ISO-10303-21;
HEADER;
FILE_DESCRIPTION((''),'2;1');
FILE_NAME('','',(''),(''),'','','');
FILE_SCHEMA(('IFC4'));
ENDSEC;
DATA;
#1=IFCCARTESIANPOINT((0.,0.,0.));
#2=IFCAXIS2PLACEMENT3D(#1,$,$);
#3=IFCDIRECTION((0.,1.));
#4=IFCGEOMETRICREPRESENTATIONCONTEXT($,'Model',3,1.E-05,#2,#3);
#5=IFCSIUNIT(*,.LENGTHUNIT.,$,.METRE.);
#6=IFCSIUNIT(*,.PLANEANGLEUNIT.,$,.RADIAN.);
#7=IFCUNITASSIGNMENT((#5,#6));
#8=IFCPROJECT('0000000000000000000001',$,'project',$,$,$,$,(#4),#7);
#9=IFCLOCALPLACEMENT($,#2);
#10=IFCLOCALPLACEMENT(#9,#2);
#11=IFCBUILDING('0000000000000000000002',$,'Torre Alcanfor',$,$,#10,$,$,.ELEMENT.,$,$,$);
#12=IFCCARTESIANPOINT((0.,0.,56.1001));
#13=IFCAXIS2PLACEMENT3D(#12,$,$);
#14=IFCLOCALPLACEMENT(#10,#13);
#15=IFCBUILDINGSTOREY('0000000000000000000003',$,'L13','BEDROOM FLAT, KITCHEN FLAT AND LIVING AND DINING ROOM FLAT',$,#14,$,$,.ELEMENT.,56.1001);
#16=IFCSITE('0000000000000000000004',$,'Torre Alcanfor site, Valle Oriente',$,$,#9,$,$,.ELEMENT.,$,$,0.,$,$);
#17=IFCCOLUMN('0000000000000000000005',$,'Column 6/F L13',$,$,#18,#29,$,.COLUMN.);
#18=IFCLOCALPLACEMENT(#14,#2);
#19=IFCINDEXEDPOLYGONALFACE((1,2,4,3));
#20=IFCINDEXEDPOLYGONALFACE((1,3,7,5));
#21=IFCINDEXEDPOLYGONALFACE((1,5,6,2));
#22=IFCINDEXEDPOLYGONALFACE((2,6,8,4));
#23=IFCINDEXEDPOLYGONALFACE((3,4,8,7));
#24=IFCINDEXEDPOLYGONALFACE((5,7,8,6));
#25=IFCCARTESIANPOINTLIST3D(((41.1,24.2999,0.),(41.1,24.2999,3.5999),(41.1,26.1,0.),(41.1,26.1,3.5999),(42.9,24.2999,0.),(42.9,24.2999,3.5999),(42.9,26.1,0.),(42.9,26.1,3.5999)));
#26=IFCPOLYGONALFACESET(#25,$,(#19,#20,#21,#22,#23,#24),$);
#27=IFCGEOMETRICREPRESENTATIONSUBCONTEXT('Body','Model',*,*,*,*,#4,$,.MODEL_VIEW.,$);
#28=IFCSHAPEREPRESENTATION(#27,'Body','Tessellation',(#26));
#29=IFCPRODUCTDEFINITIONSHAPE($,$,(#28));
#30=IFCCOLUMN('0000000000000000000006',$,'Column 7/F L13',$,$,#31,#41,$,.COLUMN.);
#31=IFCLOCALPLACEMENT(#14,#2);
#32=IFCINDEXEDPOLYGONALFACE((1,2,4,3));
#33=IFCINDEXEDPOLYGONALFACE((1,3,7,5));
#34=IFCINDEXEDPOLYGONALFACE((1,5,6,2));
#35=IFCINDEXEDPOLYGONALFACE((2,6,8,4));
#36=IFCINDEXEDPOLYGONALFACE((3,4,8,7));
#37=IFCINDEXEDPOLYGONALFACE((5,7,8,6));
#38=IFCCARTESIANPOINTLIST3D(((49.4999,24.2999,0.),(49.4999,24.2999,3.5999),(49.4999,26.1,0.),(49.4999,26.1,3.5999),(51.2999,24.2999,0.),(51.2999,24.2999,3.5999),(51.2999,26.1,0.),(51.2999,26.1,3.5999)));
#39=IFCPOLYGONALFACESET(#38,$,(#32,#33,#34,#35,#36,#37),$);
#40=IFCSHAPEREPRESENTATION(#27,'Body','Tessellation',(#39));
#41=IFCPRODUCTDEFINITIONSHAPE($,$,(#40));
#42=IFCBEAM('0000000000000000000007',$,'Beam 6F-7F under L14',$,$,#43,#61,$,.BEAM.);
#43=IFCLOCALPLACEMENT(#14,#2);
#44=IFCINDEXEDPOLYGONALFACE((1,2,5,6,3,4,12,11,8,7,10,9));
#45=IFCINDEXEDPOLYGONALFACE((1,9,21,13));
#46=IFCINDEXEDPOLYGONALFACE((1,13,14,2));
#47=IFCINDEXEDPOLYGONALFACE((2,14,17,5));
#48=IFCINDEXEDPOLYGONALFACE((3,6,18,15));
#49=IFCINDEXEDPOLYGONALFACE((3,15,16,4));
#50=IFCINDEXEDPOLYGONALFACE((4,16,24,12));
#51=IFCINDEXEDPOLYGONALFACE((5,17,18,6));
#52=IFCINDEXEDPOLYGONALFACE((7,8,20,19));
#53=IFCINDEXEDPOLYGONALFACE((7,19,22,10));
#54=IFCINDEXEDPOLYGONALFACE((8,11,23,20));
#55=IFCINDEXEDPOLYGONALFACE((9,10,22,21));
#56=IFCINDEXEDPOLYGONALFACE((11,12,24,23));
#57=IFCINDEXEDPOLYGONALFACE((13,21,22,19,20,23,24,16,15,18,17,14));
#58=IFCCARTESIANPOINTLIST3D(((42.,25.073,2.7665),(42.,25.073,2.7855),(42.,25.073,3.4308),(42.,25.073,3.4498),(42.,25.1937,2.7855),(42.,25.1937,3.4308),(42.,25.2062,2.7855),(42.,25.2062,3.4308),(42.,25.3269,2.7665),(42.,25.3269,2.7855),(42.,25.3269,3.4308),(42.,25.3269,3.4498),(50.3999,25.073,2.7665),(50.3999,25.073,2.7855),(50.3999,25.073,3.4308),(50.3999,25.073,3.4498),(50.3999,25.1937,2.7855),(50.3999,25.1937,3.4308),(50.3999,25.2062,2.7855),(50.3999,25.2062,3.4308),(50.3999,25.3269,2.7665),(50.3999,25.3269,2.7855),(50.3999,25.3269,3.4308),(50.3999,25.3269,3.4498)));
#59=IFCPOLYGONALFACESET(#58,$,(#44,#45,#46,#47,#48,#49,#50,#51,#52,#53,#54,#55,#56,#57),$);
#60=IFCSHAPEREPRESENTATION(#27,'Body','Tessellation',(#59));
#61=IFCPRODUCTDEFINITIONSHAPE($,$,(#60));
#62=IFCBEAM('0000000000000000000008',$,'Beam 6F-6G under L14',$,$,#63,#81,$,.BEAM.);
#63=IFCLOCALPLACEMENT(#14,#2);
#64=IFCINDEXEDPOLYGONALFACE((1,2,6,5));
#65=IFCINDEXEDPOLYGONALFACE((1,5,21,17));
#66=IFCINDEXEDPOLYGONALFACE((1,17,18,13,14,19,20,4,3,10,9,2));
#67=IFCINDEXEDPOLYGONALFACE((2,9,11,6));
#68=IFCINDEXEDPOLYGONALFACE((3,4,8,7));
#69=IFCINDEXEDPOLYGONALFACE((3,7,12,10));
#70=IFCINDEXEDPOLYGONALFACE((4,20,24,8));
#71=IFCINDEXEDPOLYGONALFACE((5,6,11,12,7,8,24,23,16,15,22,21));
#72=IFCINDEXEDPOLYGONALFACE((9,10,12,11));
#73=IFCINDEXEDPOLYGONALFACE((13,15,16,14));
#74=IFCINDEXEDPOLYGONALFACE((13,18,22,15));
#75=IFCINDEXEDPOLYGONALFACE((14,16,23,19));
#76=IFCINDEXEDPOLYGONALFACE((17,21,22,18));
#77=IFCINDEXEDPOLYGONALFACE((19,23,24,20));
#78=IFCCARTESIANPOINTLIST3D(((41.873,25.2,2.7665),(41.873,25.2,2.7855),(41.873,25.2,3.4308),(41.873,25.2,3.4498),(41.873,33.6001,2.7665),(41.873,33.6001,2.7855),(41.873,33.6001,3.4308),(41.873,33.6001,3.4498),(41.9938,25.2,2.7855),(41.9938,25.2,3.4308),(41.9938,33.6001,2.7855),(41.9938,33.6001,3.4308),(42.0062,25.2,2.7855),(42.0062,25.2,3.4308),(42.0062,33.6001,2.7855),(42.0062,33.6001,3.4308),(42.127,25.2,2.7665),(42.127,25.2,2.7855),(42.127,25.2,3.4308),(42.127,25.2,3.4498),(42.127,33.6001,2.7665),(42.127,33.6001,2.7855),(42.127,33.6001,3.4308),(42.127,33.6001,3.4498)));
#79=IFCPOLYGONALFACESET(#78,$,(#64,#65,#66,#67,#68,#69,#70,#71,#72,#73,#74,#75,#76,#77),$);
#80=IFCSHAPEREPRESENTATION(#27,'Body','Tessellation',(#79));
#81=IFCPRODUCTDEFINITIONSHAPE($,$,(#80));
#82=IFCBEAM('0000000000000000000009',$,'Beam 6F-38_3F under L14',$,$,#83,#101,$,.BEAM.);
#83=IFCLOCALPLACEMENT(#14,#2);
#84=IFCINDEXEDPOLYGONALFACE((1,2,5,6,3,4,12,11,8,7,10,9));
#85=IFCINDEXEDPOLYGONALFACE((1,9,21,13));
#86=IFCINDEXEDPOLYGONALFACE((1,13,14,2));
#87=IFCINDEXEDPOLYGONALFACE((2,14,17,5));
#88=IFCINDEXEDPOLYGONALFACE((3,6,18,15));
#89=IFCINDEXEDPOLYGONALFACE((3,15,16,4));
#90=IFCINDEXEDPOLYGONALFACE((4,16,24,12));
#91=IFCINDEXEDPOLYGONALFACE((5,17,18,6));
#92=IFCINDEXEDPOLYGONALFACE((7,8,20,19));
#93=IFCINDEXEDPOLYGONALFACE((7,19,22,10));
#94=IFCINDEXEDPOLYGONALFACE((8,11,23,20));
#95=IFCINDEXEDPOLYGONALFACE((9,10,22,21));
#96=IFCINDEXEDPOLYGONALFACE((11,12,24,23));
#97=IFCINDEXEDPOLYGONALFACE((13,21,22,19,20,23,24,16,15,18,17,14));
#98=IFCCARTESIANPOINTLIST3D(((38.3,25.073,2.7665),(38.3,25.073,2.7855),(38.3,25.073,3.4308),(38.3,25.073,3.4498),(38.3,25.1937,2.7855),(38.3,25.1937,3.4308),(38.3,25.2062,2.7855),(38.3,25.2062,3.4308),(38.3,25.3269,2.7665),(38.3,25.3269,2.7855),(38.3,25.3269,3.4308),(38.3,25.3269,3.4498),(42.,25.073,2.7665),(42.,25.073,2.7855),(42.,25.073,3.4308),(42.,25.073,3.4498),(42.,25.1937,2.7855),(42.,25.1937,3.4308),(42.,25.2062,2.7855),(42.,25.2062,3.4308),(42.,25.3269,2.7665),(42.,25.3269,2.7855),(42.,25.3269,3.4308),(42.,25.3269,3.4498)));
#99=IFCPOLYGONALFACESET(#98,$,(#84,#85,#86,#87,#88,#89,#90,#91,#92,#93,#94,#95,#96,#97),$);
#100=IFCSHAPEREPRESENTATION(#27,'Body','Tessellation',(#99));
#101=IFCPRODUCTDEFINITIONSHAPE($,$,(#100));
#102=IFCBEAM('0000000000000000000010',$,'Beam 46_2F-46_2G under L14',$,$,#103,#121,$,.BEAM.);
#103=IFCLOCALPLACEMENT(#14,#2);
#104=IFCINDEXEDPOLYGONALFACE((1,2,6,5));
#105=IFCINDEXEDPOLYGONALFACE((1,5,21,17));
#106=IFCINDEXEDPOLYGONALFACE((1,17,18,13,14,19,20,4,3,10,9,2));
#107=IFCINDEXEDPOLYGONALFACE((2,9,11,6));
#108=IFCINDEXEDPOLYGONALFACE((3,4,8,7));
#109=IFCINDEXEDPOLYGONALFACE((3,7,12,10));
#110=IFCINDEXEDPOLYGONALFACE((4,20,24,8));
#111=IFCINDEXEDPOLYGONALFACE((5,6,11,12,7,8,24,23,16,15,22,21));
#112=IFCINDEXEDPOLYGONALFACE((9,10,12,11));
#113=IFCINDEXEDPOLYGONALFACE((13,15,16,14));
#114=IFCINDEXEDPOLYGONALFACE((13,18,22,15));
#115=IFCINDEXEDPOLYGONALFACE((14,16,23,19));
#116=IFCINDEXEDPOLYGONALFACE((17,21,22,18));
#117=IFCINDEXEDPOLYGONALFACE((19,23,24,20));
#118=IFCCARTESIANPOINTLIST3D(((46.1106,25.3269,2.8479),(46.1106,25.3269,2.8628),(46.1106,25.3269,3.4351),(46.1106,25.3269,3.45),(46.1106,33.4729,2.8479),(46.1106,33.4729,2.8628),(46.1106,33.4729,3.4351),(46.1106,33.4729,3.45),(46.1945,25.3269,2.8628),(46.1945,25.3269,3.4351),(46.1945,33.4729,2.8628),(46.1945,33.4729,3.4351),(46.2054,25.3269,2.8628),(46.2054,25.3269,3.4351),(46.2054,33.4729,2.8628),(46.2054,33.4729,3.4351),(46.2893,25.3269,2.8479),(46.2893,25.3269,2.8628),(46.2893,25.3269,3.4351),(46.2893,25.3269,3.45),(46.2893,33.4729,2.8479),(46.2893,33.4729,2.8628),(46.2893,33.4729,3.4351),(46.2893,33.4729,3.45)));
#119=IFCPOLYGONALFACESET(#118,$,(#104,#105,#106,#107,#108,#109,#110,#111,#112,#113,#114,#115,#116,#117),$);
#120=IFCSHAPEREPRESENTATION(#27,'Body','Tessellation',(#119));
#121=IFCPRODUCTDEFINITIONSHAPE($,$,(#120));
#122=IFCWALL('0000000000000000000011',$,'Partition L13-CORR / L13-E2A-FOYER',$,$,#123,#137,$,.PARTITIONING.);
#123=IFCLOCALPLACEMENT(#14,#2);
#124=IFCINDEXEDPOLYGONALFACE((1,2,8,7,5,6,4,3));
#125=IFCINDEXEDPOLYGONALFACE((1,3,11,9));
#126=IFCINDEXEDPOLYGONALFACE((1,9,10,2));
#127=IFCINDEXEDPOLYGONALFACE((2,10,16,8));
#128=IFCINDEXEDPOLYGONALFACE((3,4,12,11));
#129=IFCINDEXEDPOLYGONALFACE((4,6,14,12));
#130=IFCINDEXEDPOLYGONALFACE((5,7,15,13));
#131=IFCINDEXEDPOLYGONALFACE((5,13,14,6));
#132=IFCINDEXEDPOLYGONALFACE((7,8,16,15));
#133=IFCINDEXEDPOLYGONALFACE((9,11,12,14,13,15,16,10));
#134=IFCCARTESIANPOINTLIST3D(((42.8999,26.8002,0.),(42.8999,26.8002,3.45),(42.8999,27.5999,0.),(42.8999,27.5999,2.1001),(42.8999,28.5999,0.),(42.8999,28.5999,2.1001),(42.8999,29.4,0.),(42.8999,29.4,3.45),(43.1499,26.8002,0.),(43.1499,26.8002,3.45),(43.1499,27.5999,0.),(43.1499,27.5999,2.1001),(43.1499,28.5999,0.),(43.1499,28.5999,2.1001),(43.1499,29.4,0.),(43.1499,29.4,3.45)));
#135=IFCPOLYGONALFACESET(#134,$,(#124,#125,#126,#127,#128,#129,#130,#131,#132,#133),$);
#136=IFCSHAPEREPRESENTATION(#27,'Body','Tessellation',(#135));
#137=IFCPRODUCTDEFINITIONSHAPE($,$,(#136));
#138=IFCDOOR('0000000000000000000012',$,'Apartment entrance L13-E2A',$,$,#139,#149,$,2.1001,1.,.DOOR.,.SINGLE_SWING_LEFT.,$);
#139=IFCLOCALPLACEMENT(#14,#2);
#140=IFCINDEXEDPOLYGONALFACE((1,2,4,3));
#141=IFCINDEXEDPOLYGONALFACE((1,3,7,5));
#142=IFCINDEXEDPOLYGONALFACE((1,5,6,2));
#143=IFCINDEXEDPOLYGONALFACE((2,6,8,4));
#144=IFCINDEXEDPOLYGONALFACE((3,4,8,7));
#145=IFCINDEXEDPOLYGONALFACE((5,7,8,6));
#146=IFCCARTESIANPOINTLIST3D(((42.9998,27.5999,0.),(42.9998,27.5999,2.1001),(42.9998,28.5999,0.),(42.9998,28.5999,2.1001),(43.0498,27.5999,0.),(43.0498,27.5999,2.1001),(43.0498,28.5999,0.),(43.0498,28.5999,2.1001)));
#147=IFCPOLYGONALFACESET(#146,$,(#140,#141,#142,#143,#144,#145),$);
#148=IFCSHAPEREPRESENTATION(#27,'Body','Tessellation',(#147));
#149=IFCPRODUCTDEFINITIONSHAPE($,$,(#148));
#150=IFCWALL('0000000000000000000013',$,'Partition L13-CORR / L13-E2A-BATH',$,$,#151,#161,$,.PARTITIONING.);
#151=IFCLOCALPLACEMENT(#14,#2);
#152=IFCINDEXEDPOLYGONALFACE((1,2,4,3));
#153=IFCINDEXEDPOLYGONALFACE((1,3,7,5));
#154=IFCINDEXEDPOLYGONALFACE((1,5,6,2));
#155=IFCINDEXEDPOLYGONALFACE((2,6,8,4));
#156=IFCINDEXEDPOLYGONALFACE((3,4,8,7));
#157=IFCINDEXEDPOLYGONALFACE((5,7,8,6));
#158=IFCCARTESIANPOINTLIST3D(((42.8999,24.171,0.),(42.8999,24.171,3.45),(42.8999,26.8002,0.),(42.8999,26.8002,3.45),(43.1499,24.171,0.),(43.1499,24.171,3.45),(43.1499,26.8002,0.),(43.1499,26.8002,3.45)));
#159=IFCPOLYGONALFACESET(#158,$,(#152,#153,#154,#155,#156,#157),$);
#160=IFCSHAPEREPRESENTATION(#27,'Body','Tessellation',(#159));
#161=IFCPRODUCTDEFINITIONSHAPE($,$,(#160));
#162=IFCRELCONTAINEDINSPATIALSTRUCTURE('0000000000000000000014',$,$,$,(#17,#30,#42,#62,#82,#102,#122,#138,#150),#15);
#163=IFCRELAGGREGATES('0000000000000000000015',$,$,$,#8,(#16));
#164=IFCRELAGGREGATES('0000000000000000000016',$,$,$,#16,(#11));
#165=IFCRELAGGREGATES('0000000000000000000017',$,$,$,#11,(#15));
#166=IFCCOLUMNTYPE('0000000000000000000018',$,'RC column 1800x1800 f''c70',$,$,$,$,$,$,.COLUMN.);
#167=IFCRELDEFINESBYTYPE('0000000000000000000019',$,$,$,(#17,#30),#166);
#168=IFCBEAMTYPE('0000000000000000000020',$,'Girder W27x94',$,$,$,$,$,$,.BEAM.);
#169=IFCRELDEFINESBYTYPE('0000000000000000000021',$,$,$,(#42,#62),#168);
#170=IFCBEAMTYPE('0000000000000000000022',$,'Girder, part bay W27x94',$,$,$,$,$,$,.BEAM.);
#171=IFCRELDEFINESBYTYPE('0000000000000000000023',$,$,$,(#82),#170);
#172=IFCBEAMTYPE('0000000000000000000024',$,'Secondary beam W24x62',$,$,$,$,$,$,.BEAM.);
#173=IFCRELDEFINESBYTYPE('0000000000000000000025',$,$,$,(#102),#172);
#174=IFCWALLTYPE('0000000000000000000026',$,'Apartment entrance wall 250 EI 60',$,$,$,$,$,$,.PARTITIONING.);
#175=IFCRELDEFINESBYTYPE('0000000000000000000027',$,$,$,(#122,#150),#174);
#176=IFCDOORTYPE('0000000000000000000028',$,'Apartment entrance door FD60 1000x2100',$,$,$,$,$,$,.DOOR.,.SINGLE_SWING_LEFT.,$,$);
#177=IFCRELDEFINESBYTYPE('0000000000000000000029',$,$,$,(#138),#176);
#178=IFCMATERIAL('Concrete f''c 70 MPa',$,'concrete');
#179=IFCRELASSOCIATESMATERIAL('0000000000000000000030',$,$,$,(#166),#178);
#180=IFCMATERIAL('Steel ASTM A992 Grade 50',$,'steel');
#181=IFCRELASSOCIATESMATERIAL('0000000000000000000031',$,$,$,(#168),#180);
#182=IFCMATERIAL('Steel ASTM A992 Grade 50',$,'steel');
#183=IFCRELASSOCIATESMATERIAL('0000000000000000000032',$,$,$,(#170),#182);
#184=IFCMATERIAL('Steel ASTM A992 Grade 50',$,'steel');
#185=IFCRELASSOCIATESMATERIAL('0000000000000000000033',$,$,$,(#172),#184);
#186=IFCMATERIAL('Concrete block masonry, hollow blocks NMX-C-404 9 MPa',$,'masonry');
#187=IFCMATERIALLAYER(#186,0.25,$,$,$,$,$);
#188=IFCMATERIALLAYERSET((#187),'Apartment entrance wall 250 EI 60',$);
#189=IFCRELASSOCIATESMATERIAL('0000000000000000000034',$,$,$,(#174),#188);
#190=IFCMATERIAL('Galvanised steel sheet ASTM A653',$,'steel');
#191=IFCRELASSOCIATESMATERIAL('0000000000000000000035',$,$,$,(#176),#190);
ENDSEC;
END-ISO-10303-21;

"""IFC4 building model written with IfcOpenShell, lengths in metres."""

from ifc_helpers import new_model, si_unit, direction, frame, frame_2d, origin, origin_2d, place, context, subcontext, project, spatial, rectangle, i_section, extrude, material, layer, layer_set, material_profile, profile_set, type_object, element, fill, save


model = new_model("IFC4")

# Units and contexts
model_context = context("Model", 3, precision=1e-05, world=origin(), true_north=direction((0.0, 1.0)))
body_context = subcontext(model_context, "Body", "Model", "MODEL_VIEW")
ifc_project = project(units=[si_unit("LENGTHUNIT", "METRE"), si_unit("PLANEANGLEUNIT", "RADIAN")], contexts=[model_context])

# Site, building, storey
site_placement = place(None, origin())
site = spatial("IfcSite", under=ifc_project, at=site_placement, Name="Torre Alcanfor site, Valle Oriente", CompositionType="ELEMENT", RefElevation=0.0)
building_placement = place(site_placement, origin())
building = spatial("IfcBuilding", under=site, at=building_placement, Name="Torre Alcanfor", CompositionType="ELEMENT")
storey_placement = place(building_placement, frame((0.0, 0.0, 56.1001)))
storey = spatial("IfcBuildingStorey", under=building, at=storey_placement, Name="L13", Description="BEDROOM FLAT, KITCHEN FLAT AND LIVING AND DINING ROOM FLAT", CompositionType="ELEMENT", Elevation=56.1001)

# Columns
ifc_material_1 = material(Name="Concrete f'c 70 MPa", Category="concrete")
ifc_material_profile_1 = material_profile(ifc_material_1, rectangle(XDim=1.8, YDim=1.8, at=origin_2d()), Name="1800x1800")
ifc_profile_set_1 = profile_set([ifc_material_profile_1], Name="Concrete f'c 70 MPa")
column_type = type_object("IfcColumnType", Name="RC column 1800x1800 f'c70", PredefinedType="COLUMN", material=ifc_profile_set_1)
for number, where, z_axis, x_axis, name in (
    (1, (42.0, 25.2, 0.0), (0.0, 0.0, 1.0), (1.0, 0.0, 0.0), "Column 6/F L13"),
    (2, (50.3999, 25.2, 0.0), (0.0, 0.0, 1.0), (1.0, 0.0, 0.0), "Column 7/F L13"),
):
    element("IfcColumn", number, at=place(storey_placement, frame(where, z_axis=z_axis, x_axis=x_axis)), inside=storey, type_object=column_type, Name=name, PredefinedType="COLUMN", context=body_context, shape_type="SweptSolid", body=[
        extrude(rectangle(XDim=1.8, YDim=1.8, at=origin_2d()), origin(), (0.0, 0.0, 1.0), 3.5999),
    ])

# Beams
ifc_material_2 = material(Name="Steel ASTM A992 Grade 50", Category="steel")
ifc_material_profile_2 = material_profile(ifc_material_2, i_section(OverallWidth=0.2539, OverallDepth=0.6833, WebThickness=0.0125, FlangeThickness=0.019, at=origin_2d()), Name="W27x94")
ifc_profile_set_2 = profile_set([ifc_material_profile_2], Name="Steel ASTM A992 Grade 50")
beam_type_1 = type_object("IfcBeamType", Name="Girder W27x94", PredefinedType="BEAM", material=ifc_profile_set_2)
beam_1_placement = place(storey_placement, frame((42.0, 25.2, 3.1082), z_axis=(1.0, 0.0, 0.0), x_axis=(0.0, 1.0, 0.0)))
element("IfcBeam", 3, at=beam_1_placement, inside=storey, type_object=beam_type_1, Name="Beam 6F-7F under L14", PredefinedType="BEAM", context=body_context, shape_type="SweptSolid", body=[
    extrude(i_section(OverallWidth=0.2539, OverallDepth=0.6833, WebThickness=0.0125, FlangeThickness=0.019, at=origin_2d()), origin(), (0.0, 0.0, 1.0), 8.3999),
])
beam_2_placement = place(storey_placement, frame((42.0, 25.2, 3.1082), z_axis=(0.0, 1.0, 0.0), x_axis=(-1.0, 0.0, 0.0)))
element("IfcBeam", 4, at=beam_2_placement, inside=storey, type_object=beam_type_1, Name="Beam 6F-6G under L14", PredefinedType="BEAM", context=body_context, shape_type="SweptSolid", body=[
    extrude(i_section(OverallWidth=0.2539, OverallDepth=0.6833, WebThickness=0.0125, FlangeThickness=0.019, at=origin_2d()), origin(), (0.0, 0.0, 1.0), 8.4001),
])
ifc_material_3 = material(Name="Steel ASTM A992 Grade 50", Category="steel")
ifc_material_profile_3 = material_profile(ifc_material_3, i_section(OverallWidth=0.2539, OverallDepth=0.6833, WebThickness=0.0125, FlangeThickness=0.019, at=origin_2d()), Name="W27x94")
ifc_profile_set_3 = profile_set([ifc_material_profile_3], Name="Steel ASTM A992 Grade 50")
beam_type_2 = type_object("IfcBeamType", Name="Girder, part bay W27x94", PredefinedType="BEAM", material=ifc_profile_set_3)
beam_3_placement = place(storey_placement, frame((42.0, 25.2, 3.1082), z_axis=(-1.0, 0.0, 0.0), x_axis=(0.0, -1.0, 0.0)))
element("IfcBeam", 5, at=beam_3_placement, inside=storey, type_object=beam_type_2, Name="Beam 6F-38_3F under L14", PredefinedType="BEAM", context=body_context, shape_type="SweptSolid", body=[
    extrude(i_section(OverallWidth=0.2539, OverallDepth=0.6833, WebThickness=0.0125, FlangeThickness=0.019, at=origin_2d()), origin(), (0.0, 0.0, 1.0), 3.7),
])
ifc_material_4 = material(Name="Steel ASTM A992 Grade 50", Category="steel")
ifc_material_profile_4 = material_profile(ifc_material_4, i_section(OverallWidth=0.1787, OverallDepth=0.6021, WebThickness=0.011, FlangeThickness=0.0149, at=origin_2d()), Name="W24x62")
ifc_profile_set_4 = profile_set([ifc_material_profile_4], Name="Steel ASTM A992 Grade 50")
beam_type_3 = type_object("IfcBeamType", Name="Secondary beam W24x62", PredefinedType="BEAM", material=ifc_profile_set_4)
beam_4_placement = place(storey_placement, frame((46.2, 25.3269, 3.1489), z_axis=(0.0, 1.0, 0.0), x_axis=(-1.0, 0.0, 0.0)))
element("IfcBeam", 6, at=beam_4_placement, inside=storey, type_object=beam_type_3, Name="Beam 46_2F-46_2G under L14", PredefinedType="BEAM", context=body_context, shape_type="SweptSolid", body=[
    extrude(i_section(OverallWidth=0.1787, OverallDepth=0.6021, WebThickness=0.011, FlangeThickness=0.0149, at=origin_2d()), origin(), (0.0, 0.0, 1.0), 8.146),
])

# Wall, opening, door
ifc_material_5 = material(Name="Concrete block masonry, hollow blocks NMX-C-404 9 MPa", Category="masonry")
ifc_layer_1 = layer(ifc_material_5, 0.25)
ifc_layer_set_1 = layer_set([ifc_layer_1], Name="Apartment entrance wall 250 EI 60")
wall_type_1 = type_object("IfcWallType", Name="Apartment entrance wall 250 EI 60", PredefinedType="PARTITIONING", material=ifc_layer_set_1)
wall_1_placement = place(storey_placement, frame((43.0249, 29.3999, 0.0), z_axis=(0.0, 0.0, 1.0), x_axis=(0.0, -1.0, 0.0)))
wall_1 = element("IfcWall", 7, at=wall_1_placement, inside=storey, type_object=wall_type_1, Name="Partition L13-CORR / L13-E2A-FOYER", PredefinedType="PARTITIONING", context=body_context, shape_type="SweptSolid", body=[
    extrude(rectangle(XDim=2.5999, YDim=0.25, at=frame_2d((1.2998, 0.0))), origin(), (0.0, 0.0, 1.0), 3.45),
])
opening_1_placement = place(wall_1_placement, frame((0.8, 0.0, 0.0)))
opening_1 = element("IfcOpeningElement", 8, at=opening_1_placement, cuts=wall_1, PredefinedType="OPENING", context=body_context, shape_type="SweptSolid", body=[
    extrude(rectangle(XDim=1.0, YDim=2.1001, at=frame_2d((0.5, 1.05))), frame((0.0, 0.135, 0.0), z_axis=(0.0, -1.0, 0.0), x_axis=(1.0, 0.0, 0.0)), (0.0, 0.0, 1.0), 0.27),
])
ifc_material_6 = material(Name="Galvanised steel sheet ASTM A653", Category="steel")
door_type_1 = type_object("IfcDoorType", Name="Apartment entrance door FD60 1000x2100", OperationType="SINGLE_SWING_LEFT", PredefinedType="DOOR", material=ifc_material_6)
door_1_placement = place(opening_1_placement, origin())
door_1 = element("IfcDoor", 9, at=door_1_placement, inside=storey, type_object=door_type_1, Name="Apartment entrance L13-E2A", OperationType="SINGLE_SWING_LEFT", OverallHeight=2.1001, OverallWidth=1.0, PredefinedType="DOOR", context=body_context, shape_type="SweptSolid", body=[
    extrude(rectangle(XDim=1.0, YDim=2.1001, at=frame_2d((0.5, 1.05))), frame((0.0, 0.0249, 0.0), z_axis=(0.0, -1.0, 0.0), x_axis=(1.0, 0.0, 0.0)), (0.0, 0.0, 1.0), 0.05),
])
fill(opening_1, door_1)

# Wall
wall_2_placement = place(storey_placement, frame((43.0249, 26.8, 0.0), z_axis=(0.0, 0.0, 1.0), x_axis=(0.0, -1.0, 0.0)))
element("IfcWall", 10, at=wall_2_placement, inside=storey, type_object=wall_type_1, Name="Partition L13-CORR / L13-E2A-BATH", PredefinedType="PARTITIONING", context=body_context, shape_type="SweptSolid", body=[
    extrude(rectangle(XDim=2.6292, YDim=0.25, at=frame_2d((1.3145, 0.0))), origin(), (0.0, 0.0, 1.0), 3.45),
])

save(model, "model.ifc")
